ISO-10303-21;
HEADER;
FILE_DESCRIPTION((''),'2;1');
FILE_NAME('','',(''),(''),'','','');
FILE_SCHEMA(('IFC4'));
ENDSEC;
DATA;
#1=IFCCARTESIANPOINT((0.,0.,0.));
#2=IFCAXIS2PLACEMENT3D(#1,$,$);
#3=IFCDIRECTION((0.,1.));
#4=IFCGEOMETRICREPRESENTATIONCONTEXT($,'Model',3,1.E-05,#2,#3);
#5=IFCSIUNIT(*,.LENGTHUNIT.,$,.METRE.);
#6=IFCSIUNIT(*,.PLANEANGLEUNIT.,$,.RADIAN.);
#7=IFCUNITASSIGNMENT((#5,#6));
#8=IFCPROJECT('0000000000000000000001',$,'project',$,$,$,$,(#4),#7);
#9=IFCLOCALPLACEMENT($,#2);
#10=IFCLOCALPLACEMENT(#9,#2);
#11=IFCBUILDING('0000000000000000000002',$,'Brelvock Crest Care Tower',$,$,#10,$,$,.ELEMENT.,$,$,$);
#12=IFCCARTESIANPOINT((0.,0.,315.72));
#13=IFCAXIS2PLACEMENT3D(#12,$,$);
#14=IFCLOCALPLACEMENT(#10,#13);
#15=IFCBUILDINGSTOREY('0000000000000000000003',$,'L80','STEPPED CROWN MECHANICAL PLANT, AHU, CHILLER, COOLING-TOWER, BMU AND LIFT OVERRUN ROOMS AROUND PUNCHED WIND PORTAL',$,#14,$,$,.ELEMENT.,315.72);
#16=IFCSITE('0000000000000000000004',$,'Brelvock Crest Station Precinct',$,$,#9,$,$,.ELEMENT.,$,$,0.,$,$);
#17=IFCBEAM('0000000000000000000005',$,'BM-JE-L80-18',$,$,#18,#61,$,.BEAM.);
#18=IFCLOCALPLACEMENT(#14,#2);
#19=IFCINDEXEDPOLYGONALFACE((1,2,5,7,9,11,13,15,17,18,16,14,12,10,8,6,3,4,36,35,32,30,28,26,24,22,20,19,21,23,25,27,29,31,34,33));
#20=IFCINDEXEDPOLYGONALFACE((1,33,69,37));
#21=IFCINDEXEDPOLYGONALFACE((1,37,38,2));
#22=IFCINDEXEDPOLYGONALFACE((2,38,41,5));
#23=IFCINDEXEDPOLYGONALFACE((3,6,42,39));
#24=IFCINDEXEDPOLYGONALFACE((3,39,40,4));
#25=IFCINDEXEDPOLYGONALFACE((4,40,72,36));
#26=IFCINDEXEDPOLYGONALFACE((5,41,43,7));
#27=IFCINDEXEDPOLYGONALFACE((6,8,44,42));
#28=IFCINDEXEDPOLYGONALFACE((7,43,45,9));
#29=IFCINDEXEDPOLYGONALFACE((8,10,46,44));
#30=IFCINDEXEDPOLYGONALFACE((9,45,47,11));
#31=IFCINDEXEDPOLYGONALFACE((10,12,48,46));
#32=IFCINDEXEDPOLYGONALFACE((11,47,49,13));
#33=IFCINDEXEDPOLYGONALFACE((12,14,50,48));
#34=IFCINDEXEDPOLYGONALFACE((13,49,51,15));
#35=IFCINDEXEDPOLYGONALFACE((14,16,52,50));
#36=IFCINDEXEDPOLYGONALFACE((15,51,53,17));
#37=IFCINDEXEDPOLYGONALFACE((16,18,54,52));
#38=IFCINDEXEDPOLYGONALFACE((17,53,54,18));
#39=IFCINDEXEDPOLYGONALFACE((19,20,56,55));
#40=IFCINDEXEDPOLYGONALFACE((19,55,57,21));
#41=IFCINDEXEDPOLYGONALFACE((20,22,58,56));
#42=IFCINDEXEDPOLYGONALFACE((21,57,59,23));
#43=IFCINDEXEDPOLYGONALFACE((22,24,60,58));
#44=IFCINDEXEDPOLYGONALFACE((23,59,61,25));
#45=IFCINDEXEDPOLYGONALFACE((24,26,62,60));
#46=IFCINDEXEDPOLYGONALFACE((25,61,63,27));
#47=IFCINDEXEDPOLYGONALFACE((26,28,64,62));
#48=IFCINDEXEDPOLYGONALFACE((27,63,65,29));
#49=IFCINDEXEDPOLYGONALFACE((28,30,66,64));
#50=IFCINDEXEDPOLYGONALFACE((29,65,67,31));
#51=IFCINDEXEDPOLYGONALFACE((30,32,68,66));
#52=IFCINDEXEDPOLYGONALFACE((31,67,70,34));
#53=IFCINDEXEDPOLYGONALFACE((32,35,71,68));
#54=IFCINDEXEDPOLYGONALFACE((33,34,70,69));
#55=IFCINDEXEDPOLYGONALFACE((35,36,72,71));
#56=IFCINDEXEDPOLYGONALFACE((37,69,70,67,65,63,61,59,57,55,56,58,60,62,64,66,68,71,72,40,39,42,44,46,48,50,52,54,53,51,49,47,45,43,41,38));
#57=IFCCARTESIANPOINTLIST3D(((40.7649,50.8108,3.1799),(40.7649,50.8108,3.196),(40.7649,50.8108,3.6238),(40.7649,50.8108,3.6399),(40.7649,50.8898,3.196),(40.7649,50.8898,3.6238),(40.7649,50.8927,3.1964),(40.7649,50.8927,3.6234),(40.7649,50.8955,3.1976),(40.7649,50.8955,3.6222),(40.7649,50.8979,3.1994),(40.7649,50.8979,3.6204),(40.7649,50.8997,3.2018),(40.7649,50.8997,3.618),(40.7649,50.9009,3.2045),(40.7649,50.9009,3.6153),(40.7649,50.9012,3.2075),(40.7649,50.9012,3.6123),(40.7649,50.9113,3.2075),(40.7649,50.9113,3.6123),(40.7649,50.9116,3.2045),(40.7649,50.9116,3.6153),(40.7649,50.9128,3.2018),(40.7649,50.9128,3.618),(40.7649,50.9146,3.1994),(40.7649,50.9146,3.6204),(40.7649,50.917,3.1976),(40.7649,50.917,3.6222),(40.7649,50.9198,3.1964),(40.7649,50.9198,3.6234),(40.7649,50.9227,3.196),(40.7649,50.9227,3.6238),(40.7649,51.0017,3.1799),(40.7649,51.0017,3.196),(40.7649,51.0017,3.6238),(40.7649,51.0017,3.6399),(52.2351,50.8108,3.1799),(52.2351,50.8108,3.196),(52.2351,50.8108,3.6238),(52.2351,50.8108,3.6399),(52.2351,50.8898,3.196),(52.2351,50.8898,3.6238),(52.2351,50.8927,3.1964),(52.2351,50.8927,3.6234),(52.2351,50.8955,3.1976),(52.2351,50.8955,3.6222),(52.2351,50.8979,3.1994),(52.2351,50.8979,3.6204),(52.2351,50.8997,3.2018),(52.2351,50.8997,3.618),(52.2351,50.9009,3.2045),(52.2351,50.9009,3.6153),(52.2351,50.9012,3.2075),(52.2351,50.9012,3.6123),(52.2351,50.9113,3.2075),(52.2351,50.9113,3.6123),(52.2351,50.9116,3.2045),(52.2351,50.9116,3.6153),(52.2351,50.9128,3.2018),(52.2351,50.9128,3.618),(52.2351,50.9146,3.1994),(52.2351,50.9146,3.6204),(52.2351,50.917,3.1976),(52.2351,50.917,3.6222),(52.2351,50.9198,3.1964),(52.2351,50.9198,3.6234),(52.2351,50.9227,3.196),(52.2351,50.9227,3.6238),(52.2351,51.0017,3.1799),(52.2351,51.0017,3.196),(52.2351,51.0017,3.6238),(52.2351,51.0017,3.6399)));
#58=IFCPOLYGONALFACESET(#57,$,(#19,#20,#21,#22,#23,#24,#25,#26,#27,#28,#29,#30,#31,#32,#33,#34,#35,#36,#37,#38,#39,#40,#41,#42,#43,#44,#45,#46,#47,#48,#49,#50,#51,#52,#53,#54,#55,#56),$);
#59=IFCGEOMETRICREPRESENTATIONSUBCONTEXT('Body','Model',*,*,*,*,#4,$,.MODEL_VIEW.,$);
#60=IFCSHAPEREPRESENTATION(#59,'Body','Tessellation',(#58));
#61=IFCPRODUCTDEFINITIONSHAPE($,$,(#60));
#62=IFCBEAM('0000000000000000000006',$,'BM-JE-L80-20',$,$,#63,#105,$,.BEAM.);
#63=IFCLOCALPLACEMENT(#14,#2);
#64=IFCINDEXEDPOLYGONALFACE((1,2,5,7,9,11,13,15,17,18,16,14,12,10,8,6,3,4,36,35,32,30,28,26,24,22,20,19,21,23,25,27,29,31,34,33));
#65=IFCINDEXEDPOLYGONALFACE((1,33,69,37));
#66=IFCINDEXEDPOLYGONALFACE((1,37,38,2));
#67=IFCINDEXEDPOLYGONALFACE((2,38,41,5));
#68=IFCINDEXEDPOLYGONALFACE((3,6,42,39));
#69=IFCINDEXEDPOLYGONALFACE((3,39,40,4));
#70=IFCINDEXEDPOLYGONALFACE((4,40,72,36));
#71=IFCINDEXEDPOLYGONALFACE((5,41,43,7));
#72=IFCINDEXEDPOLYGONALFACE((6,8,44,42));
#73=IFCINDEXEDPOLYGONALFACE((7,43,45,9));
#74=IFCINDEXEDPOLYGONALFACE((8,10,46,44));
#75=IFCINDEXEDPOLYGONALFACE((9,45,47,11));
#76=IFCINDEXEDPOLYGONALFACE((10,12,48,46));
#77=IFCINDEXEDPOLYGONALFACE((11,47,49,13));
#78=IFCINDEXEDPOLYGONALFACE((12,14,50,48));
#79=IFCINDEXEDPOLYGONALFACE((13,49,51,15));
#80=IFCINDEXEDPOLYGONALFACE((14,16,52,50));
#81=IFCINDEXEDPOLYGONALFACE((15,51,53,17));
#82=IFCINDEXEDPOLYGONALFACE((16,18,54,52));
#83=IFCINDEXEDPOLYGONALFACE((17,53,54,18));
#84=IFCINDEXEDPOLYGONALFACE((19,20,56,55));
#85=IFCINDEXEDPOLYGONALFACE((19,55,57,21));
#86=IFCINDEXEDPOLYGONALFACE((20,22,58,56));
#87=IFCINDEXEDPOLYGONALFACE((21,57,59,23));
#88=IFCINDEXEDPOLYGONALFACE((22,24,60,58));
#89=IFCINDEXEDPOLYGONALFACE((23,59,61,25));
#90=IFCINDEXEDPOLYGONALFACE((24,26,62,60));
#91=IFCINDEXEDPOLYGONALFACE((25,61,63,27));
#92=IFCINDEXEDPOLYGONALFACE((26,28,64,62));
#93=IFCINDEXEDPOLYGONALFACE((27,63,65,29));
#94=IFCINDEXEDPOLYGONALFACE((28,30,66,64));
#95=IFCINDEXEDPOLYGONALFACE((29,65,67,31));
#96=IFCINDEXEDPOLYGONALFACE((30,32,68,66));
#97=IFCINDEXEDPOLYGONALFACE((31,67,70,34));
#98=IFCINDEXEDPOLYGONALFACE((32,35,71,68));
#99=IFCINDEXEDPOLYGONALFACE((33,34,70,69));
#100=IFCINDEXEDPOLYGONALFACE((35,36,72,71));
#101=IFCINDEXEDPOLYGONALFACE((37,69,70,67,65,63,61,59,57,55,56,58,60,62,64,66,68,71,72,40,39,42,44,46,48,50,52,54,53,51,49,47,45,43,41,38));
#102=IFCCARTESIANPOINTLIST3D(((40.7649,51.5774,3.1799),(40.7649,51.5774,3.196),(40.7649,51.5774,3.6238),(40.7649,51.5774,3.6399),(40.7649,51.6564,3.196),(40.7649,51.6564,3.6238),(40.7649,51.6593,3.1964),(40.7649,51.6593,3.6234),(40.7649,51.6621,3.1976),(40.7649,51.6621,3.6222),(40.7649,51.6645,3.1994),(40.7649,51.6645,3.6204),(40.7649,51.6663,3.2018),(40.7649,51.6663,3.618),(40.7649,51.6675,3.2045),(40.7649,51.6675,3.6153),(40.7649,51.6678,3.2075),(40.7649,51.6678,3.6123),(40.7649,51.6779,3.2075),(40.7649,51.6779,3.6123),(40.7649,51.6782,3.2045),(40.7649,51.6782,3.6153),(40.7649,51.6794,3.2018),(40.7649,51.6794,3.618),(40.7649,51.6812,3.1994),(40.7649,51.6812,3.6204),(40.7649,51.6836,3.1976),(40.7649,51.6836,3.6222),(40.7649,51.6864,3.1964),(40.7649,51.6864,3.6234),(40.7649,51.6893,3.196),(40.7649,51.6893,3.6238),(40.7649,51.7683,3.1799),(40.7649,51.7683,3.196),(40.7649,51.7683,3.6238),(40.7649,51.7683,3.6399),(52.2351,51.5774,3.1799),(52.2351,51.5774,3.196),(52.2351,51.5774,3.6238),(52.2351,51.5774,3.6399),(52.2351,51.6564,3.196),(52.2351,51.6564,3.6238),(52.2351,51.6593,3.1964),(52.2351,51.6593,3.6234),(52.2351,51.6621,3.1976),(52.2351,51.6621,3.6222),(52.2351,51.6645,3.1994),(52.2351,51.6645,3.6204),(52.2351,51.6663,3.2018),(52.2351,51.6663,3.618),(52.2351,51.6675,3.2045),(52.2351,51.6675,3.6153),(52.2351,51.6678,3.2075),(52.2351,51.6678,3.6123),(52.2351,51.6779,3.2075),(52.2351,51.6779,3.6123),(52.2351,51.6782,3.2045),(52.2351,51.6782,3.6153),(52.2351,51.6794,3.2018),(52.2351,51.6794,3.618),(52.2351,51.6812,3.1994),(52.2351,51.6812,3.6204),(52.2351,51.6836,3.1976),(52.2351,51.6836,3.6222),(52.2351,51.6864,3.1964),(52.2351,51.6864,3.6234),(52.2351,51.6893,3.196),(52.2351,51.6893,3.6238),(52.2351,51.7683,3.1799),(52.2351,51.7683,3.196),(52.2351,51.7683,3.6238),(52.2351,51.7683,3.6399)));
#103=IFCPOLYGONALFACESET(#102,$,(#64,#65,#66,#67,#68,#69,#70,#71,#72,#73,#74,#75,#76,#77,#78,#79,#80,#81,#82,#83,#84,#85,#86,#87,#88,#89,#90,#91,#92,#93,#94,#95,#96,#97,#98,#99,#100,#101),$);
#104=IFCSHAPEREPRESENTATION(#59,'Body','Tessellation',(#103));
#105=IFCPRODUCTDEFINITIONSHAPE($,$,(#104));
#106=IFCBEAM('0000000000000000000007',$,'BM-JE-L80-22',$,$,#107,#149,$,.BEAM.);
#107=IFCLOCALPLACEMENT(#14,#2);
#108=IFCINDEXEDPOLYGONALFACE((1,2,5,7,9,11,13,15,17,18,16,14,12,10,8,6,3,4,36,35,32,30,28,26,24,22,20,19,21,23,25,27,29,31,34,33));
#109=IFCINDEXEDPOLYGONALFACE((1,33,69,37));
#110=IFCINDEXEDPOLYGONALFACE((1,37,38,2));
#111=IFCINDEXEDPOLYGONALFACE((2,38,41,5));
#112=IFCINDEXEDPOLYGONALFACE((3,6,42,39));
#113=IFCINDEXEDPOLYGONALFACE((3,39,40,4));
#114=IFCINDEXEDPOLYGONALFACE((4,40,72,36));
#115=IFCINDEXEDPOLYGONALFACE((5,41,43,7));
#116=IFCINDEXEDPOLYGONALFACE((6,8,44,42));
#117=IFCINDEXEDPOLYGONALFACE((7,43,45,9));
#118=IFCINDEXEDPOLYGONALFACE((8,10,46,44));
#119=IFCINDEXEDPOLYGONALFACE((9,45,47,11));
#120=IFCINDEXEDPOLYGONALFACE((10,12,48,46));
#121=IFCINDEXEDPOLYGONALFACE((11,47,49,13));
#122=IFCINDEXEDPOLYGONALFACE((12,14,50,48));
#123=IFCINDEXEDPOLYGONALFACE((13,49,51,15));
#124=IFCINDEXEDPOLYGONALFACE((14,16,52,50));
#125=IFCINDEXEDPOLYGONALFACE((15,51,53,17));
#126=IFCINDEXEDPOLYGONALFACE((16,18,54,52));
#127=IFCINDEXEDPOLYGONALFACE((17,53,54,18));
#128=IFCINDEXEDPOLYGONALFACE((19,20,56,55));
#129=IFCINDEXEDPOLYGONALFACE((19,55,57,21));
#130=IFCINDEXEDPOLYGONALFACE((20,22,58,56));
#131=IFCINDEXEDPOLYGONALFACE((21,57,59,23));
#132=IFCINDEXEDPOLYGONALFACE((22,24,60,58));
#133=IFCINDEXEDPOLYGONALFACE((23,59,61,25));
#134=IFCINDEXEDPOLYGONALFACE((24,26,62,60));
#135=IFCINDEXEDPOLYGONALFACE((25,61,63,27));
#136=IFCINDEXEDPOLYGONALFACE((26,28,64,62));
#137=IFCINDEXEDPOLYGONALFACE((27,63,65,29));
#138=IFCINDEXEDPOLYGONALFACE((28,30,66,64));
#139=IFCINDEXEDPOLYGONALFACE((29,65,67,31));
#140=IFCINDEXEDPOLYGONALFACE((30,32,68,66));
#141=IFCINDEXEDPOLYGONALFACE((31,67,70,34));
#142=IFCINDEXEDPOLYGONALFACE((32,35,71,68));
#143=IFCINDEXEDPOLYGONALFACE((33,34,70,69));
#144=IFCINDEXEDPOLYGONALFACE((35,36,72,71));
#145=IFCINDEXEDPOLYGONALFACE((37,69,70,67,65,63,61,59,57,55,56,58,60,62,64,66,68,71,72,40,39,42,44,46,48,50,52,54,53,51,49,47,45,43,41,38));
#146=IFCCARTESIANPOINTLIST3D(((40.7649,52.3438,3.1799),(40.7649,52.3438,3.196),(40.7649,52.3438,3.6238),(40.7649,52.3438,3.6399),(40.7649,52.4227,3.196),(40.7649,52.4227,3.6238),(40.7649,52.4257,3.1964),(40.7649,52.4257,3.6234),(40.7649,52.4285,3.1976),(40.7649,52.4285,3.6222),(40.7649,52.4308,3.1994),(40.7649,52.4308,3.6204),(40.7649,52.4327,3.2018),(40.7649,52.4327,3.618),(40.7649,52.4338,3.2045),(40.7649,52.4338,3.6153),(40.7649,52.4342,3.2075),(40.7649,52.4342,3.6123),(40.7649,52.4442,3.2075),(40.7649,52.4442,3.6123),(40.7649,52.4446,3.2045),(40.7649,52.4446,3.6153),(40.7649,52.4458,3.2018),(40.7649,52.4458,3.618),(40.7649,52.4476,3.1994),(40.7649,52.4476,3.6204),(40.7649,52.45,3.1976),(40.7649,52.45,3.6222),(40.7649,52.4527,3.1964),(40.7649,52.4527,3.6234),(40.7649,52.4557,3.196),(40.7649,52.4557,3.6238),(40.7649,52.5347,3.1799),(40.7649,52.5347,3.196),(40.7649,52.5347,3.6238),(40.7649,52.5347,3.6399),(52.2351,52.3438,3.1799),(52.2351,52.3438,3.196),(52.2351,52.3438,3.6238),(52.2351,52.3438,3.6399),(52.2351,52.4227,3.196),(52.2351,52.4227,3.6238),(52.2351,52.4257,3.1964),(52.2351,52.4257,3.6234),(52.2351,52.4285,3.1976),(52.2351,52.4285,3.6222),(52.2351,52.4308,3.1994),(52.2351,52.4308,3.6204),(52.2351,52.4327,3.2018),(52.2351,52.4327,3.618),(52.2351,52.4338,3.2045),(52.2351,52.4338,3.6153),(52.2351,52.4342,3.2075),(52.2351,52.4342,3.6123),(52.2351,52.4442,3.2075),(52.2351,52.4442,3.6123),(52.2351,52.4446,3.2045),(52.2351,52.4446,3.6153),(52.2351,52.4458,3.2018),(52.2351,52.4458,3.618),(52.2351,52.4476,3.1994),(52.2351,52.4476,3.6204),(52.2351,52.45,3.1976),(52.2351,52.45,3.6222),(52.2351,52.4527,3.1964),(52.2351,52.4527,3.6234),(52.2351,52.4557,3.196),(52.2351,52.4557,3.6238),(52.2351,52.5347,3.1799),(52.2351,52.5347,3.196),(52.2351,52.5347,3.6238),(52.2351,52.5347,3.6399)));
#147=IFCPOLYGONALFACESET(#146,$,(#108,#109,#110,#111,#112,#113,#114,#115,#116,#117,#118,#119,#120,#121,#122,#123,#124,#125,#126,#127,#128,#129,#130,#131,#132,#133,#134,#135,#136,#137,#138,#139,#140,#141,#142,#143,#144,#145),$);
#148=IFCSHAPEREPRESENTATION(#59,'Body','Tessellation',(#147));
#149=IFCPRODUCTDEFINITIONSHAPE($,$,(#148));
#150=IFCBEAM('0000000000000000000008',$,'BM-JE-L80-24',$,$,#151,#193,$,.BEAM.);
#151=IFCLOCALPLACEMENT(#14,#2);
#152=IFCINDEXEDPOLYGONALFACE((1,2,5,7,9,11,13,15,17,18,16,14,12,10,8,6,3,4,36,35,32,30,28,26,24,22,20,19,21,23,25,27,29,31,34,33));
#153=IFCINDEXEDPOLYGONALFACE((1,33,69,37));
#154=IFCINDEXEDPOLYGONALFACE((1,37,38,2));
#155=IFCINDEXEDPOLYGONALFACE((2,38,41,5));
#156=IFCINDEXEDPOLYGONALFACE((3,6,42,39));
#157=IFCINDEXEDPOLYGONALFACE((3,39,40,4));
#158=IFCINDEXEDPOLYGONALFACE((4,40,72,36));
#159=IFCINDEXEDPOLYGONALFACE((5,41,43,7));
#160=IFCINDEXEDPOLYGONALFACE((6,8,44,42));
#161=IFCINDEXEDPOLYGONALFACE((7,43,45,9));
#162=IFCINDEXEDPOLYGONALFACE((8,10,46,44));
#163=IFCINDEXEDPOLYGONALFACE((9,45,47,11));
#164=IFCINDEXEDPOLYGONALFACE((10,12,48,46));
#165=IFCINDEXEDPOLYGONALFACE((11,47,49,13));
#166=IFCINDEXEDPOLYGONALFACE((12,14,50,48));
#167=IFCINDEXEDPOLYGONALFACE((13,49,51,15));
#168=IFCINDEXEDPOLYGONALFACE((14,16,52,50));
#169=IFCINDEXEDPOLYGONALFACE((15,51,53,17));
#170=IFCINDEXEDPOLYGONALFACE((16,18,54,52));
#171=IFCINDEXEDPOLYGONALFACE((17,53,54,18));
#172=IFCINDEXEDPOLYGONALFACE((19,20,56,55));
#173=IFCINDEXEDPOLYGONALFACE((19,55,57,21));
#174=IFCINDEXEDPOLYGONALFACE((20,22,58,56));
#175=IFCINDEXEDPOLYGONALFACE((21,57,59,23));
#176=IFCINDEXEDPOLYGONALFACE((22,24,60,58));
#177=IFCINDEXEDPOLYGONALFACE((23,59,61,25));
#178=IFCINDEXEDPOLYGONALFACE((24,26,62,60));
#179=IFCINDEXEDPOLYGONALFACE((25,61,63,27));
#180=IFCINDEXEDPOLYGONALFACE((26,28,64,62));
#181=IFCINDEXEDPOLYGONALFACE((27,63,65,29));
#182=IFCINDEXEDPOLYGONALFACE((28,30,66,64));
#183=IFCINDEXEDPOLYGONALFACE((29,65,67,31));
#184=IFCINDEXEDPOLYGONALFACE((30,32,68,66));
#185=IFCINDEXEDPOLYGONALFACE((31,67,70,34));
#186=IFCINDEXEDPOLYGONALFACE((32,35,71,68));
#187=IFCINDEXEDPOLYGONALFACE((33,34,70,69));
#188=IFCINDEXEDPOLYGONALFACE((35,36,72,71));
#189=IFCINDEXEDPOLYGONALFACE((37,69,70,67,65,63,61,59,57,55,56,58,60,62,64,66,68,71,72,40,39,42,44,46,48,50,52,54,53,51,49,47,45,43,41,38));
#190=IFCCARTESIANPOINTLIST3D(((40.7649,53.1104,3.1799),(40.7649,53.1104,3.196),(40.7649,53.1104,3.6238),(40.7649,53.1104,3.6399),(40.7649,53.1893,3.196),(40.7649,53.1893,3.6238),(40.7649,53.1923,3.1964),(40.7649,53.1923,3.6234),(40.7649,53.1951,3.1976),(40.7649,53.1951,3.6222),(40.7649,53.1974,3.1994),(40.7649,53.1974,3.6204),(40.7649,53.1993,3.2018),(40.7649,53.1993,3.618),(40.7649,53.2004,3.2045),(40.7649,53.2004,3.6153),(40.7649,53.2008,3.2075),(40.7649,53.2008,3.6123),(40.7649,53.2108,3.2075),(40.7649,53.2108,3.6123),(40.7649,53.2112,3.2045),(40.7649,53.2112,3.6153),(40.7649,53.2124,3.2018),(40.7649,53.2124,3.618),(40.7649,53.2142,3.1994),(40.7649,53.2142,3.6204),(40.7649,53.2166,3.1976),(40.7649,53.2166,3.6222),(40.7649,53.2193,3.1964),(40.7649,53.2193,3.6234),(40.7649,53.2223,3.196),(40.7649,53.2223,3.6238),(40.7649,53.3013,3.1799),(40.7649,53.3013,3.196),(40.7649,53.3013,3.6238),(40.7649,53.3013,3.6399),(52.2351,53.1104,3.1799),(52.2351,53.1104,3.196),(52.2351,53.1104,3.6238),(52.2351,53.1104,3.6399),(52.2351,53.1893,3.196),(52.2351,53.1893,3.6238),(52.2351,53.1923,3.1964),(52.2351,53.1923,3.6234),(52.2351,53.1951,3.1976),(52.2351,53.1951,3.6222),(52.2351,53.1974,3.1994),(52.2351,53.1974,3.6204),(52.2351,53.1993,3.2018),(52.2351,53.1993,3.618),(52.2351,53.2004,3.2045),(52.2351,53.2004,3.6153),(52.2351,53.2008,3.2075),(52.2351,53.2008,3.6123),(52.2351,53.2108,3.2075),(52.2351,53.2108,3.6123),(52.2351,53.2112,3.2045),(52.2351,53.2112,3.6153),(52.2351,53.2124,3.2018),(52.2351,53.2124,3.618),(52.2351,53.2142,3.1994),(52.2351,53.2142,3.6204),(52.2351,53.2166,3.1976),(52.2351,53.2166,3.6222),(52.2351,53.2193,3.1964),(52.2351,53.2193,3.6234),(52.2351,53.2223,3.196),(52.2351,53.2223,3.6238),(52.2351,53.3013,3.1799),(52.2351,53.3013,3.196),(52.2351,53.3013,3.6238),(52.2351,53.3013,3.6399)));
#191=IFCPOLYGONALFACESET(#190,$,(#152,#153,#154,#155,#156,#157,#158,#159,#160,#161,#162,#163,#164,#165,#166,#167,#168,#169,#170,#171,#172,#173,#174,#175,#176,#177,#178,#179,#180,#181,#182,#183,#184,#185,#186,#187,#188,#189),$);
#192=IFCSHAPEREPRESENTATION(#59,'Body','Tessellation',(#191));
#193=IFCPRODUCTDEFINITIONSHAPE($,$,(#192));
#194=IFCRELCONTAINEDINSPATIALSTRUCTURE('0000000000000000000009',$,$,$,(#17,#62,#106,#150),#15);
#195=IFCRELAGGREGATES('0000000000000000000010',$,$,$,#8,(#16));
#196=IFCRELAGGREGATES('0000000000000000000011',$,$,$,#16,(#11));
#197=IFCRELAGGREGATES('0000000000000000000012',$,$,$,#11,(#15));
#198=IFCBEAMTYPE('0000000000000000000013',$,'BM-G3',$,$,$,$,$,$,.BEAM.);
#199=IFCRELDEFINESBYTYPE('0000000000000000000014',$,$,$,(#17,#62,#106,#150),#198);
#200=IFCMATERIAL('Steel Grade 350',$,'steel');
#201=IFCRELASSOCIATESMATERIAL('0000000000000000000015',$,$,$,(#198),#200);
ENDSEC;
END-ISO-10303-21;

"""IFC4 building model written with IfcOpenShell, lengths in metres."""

from ifc_helpers import new_model, si_unit, direction, frame, origin, origin_2d, place, context, subcontext, project, spatial, i_section, extrude, source, transform, mapped, material, material_profile, profile_set, type_object, element, save


model = new_model("IFC4")

# Units and contexts
model_context = context("Model", 3, precision=1e-05, world=origin(), true_north=direction((0.0, 1.0)))
body_context = subcontext(model_context, "Body", "Model", "MODEL_VIEW")
ifc_project = project(units=[si_unit("LENGTHUNIT", "METRE"), si_unit("PLANEANGLEUNIT", "RADIAN")], contexts=[model_context])

# Site, building, storey
site_placement = place(None, origin())
site = spatial("IfcSite", under=ifc_project, at=site_placement, Name="Brelvock Crest Station Precinct", CompositionType="ELEMENT", RefElevation=0.0)
building_placement = place(site_placement, origin())
building = spatial("IfcBuilding", under=site, at=building_placement, Name="Brelvock Crest Care Tower", CompositionType="ELEMENT")
storey_placement = place(building_placement, frame((0.0, 0.0, 315.72)))
storey = spatial("IfcBuildingStorey", under=building, at=storey_placement, Name="L80", Description="STEPPED CROWN MECHANICAL PLANT, AHU, CHILLER, COOLING-TOWER, BMU AND LIFT OVERRUN ROOMS AROUND PUNCHED WIND PORTAL", CompositionType="ELEMENT", Elevation=315.72)

# Shared definitions
ifc_material_1 = material(Name="Steel Grade 350", Category="steel")

# Beams
ifc_material_profile_1 = material_profile(ifc_material_1, i_section(OverallWidth=0.1909, OverallDepth=0.46, WebThickness=0.01, FlangeThickness=0.0161, FilletRadius=0.0115, at=origin_2d()), Name="460UB82.1")
ifc_profile_set_1 = profile_set([ifc_material_profile_1], Name="Steel Grade 350")
beam_type_1 = type_object("IfcBeamType", Name="BM-G3", PredefinedType="BEAM", material=ifc_profile_set_1)
shared_shape_1 = source(origin(), body_context, "Body", "SweptSolid", [
    extrude(i_section(OverallWidth=0.1909, OverallDepth=0.46, WebThickness=0.01, FlangeThickness=0.0161, FilletRadius=0.0115, at=origin_2d()), origin(), (0.0, 0.0, 1.0), 11.4702),
])
for number, where, z_axis, x_axis, name in (
    (1, (40.7649, 50.9062, 3.4099), (1.0, 0.0, 0.0), (0.0, 1.0, 0.0), "BM-JE-L80-18"),
    (2, (40.7649, 51.6729, 3.4099), (1.0, 0.0, 0.0), (0.0, 1.0, 0.0), "BM-JE-L80-20"),
    (3, (40.7649, 52.4392, 3.4099), (1.0, 0.0, 0.0), (0.0, 1.0, 0.0), "BM-JE-L80-22"),
    (4, (40.7649, 53.2058, 3.4099), (1.0, 0.0, 0.0), (0.0, 1.0, 0.0), "BM-JE-L80-24"),
):
    element("IfcBeam", number, at=place(storey_placement, frame(where, z_axis=z_axis, x_axis=x_axis)), inside=storey, type_object=beam_type_1, Name=name, PredefinedType="BEAM", context=body_context, shape_type="MappedRepresentation", body=[
        mapped(shared_shape_1, transform((0.0, 0.0, 0.0), x_axis=(1.0, 0.0, 0.0), y_axis=(0.0, 1.0, 0.0), z_axis=(0.0, 0.0, 1.0), scale=1.0)),
    ])

save(model, "model.ifc")
